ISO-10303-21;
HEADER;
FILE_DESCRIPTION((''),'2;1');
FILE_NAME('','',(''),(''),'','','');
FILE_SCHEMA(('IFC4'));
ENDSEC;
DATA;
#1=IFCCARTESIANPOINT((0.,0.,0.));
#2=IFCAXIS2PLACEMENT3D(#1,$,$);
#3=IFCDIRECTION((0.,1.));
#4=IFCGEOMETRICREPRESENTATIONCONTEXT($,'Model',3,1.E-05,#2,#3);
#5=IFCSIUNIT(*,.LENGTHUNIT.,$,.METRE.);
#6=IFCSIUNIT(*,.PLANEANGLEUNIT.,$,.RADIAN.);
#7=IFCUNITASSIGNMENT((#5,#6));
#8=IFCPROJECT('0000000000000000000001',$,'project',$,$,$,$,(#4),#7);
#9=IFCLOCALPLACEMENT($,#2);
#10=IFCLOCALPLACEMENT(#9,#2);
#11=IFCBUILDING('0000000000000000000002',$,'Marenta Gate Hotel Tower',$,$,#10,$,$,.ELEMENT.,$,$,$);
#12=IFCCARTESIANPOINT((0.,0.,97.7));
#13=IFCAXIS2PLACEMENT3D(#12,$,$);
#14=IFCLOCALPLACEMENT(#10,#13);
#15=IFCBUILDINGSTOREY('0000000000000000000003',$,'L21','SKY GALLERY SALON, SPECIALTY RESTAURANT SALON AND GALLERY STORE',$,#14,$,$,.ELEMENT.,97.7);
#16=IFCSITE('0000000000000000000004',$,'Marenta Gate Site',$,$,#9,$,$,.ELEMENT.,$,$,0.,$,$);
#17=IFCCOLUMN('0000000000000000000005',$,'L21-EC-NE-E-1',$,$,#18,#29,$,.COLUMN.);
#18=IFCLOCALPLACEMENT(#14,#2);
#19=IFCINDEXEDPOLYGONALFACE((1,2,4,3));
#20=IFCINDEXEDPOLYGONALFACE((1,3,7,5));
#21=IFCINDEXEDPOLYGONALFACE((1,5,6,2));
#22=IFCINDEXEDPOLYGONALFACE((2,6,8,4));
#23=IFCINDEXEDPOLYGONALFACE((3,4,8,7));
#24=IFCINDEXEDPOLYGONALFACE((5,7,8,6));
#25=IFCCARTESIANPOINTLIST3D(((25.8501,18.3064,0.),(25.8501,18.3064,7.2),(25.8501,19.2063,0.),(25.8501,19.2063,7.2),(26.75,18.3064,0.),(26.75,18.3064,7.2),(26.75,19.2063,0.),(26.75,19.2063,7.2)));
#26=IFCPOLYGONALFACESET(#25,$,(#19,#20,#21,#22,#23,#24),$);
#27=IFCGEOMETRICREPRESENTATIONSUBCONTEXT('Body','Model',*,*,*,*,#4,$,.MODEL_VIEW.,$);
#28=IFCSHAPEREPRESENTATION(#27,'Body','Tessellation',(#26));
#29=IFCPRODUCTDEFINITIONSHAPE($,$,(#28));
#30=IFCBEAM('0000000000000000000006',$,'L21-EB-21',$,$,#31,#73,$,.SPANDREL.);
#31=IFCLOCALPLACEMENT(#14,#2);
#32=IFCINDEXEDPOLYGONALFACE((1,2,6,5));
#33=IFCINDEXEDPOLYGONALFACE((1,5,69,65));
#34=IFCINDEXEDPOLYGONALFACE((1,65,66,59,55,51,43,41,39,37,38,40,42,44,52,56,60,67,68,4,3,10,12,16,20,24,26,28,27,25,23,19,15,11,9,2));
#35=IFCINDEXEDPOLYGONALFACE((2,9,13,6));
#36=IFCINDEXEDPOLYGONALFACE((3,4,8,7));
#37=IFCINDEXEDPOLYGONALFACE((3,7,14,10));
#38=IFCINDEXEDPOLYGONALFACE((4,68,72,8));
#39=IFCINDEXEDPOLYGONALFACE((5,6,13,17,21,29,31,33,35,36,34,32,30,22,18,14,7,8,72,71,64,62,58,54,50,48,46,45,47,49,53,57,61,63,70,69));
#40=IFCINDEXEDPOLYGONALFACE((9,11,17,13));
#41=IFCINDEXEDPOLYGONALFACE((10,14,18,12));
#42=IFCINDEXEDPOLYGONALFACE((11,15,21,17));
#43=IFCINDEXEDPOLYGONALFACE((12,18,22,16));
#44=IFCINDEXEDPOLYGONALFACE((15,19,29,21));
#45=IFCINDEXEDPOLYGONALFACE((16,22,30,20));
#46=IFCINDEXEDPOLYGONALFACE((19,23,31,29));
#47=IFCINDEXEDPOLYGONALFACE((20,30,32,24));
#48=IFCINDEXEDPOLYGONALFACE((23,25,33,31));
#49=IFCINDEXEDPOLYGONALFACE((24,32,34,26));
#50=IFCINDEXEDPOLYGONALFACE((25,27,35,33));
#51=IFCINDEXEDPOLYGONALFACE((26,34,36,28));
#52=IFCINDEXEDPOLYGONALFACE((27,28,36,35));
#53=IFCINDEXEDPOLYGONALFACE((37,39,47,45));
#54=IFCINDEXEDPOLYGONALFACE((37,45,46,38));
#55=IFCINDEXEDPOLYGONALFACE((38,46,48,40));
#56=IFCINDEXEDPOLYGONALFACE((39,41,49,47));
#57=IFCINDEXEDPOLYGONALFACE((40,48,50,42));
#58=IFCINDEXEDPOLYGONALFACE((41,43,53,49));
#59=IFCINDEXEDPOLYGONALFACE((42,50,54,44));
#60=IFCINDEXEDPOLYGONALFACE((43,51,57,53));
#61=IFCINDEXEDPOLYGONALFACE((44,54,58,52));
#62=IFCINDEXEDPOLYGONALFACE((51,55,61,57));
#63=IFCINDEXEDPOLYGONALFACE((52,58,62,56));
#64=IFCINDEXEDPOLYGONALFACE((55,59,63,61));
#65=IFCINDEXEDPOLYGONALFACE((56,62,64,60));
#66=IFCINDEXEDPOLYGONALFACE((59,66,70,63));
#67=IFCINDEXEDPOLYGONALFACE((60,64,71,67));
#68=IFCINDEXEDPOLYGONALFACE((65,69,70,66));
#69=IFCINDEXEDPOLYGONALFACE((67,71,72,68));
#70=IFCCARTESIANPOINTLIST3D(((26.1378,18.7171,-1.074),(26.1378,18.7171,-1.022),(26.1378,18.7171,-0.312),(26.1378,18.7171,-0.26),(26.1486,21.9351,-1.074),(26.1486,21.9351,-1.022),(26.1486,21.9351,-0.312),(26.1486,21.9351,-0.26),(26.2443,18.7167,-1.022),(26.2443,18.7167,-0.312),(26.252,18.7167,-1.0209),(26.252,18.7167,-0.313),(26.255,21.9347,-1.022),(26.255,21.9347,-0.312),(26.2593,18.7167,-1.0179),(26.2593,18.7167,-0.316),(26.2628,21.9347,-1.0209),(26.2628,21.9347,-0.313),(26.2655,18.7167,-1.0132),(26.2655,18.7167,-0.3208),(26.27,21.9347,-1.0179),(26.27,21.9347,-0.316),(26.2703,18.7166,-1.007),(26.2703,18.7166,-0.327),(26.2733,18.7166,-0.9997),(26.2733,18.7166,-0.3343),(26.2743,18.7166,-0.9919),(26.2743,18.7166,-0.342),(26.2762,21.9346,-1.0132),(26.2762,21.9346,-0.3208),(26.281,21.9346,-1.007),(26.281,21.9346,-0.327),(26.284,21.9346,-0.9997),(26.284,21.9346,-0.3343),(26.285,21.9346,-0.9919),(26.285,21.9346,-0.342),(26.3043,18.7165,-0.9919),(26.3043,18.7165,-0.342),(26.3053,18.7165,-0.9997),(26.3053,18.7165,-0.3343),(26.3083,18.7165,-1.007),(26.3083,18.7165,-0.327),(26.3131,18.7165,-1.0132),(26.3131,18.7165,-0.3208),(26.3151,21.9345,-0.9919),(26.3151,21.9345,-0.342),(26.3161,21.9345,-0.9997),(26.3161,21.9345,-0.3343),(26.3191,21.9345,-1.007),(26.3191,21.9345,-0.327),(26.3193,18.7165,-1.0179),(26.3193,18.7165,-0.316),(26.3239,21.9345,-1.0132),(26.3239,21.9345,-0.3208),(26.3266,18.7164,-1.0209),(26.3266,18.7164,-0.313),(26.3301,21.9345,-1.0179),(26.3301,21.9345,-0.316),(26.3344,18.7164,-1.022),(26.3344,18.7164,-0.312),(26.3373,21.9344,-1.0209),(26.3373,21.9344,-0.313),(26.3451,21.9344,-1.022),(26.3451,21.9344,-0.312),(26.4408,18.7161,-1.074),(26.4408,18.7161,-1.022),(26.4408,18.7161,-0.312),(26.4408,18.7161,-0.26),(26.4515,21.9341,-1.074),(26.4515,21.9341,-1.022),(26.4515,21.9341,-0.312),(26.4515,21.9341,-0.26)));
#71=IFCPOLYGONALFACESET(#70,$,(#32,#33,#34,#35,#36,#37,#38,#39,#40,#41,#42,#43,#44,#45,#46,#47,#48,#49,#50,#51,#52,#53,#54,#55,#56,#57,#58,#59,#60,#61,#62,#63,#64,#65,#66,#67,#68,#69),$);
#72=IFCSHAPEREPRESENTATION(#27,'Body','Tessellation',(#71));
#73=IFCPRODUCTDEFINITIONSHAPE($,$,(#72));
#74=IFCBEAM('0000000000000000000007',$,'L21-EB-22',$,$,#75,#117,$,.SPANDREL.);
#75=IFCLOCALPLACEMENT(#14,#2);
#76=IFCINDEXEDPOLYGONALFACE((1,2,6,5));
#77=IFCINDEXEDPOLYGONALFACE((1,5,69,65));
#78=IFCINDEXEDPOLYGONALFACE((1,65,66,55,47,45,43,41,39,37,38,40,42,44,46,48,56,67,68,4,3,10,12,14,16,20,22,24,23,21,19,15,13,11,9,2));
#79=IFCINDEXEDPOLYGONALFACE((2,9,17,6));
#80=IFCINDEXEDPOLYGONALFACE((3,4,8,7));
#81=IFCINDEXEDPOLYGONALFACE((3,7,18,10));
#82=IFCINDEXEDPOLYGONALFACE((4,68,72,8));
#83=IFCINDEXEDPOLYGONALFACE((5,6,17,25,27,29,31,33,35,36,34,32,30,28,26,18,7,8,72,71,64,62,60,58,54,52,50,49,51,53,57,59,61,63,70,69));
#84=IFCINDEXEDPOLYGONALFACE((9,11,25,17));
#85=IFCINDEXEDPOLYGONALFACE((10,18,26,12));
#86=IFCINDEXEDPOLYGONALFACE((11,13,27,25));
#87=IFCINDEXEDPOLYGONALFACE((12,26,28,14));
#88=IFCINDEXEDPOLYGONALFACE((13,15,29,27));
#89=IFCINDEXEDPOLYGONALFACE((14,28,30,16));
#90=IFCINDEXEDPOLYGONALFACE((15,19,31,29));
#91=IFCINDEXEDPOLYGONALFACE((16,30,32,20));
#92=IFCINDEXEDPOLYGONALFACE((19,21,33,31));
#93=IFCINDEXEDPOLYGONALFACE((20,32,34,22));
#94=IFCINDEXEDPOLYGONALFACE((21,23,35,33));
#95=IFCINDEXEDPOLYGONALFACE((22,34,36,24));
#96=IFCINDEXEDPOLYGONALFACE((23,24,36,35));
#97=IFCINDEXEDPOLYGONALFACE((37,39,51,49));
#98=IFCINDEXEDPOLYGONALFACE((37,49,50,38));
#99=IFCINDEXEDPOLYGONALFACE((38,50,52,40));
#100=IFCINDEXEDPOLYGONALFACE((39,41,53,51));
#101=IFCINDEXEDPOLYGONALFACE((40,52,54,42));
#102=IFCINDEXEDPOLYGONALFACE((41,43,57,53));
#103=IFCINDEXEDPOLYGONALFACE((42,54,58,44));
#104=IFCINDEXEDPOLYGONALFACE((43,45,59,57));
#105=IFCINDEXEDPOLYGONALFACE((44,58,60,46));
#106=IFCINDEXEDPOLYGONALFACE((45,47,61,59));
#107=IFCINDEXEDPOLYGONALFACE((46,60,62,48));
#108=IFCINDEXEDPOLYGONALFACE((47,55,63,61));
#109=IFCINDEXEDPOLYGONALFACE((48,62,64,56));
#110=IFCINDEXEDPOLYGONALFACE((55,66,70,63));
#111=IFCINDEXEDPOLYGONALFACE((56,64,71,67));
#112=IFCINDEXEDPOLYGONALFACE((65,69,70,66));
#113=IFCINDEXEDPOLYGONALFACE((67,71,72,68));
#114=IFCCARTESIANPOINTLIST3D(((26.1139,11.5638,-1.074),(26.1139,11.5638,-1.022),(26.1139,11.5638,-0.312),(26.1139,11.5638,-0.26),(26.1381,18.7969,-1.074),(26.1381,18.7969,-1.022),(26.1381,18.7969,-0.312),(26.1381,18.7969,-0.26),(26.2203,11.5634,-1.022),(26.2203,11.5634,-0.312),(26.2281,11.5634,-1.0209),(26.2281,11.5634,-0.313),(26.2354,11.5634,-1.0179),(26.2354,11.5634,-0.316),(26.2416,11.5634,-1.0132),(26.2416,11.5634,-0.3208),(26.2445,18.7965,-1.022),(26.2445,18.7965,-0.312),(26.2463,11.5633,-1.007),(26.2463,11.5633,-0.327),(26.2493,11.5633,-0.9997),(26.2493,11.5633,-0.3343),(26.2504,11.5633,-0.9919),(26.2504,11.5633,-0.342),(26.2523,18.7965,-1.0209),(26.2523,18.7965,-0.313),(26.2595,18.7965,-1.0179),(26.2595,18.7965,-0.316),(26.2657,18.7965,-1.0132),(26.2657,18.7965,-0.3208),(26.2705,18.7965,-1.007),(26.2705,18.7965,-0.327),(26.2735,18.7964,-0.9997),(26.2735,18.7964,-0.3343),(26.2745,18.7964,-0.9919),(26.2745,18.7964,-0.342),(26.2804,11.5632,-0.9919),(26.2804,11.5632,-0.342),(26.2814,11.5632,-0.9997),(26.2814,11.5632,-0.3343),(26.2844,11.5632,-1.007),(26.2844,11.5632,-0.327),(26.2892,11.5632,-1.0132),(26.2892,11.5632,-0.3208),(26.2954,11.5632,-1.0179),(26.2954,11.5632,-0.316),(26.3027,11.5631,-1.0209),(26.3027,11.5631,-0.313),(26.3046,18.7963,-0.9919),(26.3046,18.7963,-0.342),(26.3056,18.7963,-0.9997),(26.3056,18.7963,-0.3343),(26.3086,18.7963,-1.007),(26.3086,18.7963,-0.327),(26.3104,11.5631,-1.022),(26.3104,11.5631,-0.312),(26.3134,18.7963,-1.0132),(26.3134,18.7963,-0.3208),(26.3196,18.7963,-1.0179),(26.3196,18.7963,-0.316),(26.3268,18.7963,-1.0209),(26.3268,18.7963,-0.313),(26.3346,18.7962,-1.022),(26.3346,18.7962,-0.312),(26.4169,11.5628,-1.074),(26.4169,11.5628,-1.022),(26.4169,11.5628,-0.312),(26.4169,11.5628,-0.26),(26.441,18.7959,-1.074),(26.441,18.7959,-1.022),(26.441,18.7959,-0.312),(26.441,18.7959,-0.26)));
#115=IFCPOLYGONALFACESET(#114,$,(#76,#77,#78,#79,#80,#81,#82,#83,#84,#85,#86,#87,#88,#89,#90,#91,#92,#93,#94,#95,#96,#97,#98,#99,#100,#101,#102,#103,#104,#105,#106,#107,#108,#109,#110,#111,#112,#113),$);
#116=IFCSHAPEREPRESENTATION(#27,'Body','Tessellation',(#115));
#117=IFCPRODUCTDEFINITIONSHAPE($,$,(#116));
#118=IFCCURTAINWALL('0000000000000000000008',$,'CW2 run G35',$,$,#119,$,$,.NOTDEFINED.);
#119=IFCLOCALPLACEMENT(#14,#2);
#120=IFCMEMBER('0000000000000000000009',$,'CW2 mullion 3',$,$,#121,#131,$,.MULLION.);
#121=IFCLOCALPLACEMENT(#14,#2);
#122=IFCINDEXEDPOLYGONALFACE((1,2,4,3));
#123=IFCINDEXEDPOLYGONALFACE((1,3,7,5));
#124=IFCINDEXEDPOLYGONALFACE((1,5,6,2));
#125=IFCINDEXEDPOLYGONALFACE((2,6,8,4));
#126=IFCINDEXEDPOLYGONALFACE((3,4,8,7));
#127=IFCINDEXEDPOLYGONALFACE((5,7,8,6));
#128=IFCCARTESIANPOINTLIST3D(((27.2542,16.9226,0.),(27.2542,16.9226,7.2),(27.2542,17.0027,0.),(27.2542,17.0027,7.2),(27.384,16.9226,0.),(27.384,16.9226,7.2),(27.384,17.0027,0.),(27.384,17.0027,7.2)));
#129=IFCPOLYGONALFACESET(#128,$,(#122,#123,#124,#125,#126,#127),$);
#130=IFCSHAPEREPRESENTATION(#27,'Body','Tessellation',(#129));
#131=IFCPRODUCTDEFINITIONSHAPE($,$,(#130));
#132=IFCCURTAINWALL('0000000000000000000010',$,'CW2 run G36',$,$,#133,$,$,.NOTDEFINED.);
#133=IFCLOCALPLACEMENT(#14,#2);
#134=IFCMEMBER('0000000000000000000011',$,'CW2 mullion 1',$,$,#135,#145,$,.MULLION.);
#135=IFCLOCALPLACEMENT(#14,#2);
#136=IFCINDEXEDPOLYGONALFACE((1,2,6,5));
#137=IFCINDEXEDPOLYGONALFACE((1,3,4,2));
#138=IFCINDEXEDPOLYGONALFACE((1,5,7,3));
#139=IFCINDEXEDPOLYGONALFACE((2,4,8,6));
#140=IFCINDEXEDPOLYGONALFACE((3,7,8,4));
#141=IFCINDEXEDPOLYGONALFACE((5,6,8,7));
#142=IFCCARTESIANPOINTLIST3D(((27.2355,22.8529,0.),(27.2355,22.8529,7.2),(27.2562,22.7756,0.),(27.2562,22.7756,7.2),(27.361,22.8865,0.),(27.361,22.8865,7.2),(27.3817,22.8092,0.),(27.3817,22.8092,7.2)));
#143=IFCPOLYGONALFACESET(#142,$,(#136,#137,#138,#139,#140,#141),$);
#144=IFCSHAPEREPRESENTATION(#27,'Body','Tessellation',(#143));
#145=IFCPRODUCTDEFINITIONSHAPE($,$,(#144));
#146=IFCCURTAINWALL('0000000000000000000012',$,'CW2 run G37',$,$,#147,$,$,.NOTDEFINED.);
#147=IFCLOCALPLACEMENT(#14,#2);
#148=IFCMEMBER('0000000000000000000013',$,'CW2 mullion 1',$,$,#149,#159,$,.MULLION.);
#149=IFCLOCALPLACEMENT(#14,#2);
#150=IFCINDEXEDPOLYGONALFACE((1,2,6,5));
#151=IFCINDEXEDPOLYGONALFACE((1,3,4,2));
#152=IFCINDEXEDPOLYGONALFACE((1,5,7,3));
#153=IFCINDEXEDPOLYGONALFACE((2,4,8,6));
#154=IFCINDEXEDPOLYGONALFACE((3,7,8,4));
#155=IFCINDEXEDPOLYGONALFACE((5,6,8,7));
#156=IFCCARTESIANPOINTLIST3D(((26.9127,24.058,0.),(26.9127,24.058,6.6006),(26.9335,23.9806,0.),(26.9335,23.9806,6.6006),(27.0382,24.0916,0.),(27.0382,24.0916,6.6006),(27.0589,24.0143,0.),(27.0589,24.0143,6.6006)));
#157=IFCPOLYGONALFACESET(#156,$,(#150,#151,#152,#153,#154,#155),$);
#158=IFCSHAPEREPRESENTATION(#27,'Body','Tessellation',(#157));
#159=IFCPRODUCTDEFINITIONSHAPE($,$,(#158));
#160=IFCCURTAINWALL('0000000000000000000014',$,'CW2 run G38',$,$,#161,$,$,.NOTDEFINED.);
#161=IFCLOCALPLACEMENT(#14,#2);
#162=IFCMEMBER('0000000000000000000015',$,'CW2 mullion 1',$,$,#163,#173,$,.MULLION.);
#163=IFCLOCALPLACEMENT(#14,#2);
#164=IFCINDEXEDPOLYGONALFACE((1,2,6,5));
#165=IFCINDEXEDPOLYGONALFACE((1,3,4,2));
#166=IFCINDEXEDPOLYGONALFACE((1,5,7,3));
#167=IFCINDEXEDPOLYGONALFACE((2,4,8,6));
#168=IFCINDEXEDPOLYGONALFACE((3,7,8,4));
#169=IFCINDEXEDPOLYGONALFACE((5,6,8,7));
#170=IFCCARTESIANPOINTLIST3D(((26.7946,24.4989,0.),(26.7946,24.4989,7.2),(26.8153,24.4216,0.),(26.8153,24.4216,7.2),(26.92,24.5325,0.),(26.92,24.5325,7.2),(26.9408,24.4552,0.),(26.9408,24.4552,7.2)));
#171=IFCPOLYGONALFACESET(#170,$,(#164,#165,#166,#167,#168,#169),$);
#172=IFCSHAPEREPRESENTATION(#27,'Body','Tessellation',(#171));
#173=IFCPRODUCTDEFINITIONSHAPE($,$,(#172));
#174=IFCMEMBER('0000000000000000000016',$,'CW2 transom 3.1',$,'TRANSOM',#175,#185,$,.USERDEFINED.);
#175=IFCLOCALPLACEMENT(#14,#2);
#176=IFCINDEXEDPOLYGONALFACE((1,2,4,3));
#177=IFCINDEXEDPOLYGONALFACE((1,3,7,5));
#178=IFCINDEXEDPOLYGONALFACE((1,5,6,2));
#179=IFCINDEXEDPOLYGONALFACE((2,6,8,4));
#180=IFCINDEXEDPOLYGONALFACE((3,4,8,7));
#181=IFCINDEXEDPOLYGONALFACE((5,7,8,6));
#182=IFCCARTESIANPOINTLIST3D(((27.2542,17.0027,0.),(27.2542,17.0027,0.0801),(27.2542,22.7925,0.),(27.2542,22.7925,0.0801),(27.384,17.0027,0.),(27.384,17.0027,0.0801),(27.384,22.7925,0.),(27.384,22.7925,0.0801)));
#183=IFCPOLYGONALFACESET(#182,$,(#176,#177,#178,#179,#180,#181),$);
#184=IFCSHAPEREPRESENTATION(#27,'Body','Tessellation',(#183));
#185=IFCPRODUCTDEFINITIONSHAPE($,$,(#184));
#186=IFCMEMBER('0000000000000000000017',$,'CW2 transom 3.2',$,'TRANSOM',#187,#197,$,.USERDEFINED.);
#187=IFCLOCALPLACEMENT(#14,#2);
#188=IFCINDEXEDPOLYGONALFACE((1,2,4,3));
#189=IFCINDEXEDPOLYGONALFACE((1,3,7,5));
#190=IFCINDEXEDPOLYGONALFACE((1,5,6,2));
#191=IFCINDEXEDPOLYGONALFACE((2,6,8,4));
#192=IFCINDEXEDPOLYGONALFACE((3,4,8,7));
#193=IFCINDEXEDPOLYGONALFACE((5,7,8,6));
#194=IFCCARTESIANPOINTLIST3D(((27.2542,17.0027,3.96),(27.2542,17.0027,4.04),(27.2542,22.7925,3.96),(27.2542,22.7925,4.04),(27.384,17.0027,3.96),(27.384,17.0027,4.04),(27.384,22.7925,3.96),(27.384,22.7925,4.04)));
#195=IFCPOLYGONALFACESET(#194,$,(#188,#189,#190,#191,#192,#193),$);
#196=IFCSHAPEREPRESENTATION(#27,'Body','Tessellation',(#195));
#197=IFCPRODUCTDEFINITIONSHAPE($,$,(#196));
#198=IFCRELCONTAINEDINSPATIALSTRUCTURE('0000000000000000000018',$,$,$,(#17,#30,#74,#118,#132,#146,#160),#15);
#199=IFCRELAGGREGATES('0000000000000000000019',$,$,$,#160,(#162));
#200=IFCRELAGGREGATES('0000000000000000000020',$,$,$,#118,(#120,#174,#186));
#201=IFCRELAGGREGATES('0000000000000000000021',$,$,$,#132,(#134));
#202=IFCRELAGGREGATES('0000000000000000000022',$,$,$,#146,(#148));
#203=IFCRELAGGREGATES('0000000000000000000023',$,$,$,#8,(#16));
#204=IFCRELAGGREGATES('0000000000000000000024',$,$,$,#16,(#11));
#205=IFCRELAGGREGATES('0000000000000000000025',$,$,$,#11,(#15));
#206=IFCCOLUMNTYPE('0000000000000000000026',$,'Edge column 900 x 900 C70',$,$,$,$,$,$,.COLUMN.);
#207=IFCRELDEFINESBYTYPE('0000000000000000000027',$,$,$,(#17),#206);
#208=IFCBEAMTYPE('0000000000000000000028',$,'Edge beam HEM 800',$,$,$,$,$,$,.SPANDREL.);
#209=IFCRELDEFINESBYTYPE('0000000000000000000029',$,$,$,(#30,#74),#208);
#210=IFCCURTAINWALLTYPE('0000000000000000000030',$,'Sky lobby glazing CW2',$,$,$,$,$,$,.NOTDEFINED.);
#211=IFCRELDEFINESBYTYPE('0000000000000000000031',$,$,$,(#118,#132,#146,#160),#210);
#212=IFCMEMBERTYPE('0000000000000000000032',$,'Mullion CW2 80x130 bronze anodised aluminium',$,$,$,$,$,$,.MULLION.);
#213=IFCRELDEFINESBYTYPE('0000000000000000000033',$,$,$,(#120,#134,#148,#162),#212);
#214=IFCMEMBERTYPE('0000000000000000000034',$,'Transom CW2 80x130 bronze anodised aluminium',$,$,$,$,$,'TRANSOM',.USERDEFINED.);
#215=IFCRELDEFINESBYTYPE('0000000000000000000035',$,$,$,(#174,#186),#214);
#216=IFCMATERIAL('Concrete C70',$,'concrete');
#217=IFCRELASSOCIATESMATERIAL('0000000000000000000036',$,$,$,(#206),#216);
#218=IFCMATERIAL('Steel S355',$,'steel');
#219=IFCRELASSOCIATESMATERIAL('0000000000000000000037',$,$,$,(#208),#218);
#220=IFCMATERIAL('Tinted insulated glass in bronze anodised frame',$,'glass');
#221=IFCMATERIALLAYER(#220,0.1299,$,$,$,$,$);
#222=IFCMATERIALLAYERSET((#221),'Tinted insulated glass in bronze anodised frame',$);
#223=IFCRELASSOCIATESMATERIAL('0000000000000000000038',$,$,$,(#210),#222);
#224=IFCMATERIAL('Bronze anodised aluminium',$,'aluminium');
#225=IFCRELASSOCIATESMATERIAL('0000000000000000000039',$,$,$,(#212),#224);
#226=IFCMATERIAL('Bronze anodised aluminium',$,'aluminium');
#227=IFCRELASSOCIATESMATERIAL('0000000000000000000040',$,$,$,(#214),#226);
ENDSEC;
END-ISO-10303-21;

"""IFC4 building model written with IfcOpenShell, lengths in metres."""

from ifc_helpers import new_model, si_unit, direction, frame, origin, origin_2d, place, context, subcontext, project, spatial, rectangle, i_section, extrude, material, layer, layer_set, material_profile, profile_set, type_object, element, aggregate, save


model = new_model("IFC4")

# Units and contexts
model_context = context("Model", 3, precision=1e-05, world=origin(), true_north=direction((0.0, 1.0)))
body_context = subcontext(model_context, "Body", "Model", "MODEL_VIEW")
ifc_project = project(units=[si_unit("LENGTHUNIT", "METRE"), si_unit("PLANEANGLEUNIT", "RADIAN")], contexts=[model_context])

# Site, building, storey
site_placement = place(None, origin())
site = spatial("IfcSite", under=ifc_project, at=site_placement, Name="Marenta Gate Site", CompositionType="ELEMENT", RefElevation=0.0)
building_placement = place(site_placement, origin())
building = spatial("IfcBuilding", under=site, at=building_placement, Name="Marenta Gate Hotel Tower", CompositionType="ELEMENT")
storey_placement = place(building_placement, frame((0.0, 0.0, 97.7)))
storey = spatial("IfcBuildingStorey", under=building, at=storey_placement, Name="L21", Description="SKY GALLERY SALON, SPECIALTY RESTAURANT SALON AND GALLERY STORE", CompositionType="ELEMENT", Elevation=97.7)

# Column
ifc_material_1 = material(Name="Concrete C70", Category="concrete")
ifc_material_profile_1 = material_profile(ifc_material_1, rectangle(XDim=0.8999, YDim=0.8999, at=origin_2d()), Name="900 x 900")
ifc_profile_set_1 = profile_set([ifc_material_profile_1], Name="Concrete C70")
column_type = type_object("IfcColumnType", Name="Edge column 900 x 900 C70", PredefinedType="COLUMN", material=ifc_profile_set_1)
column_placement = place(storey_placement, frame((26.3, 18.7563, 0.0), z_axis=(0.0, 0.0, 1.0), x_axis=(1.0, 0.0, 0.0)))
element("IfcColumn", 1, at=column_placement, inside=storey, type_object=column_type, Name="L21-EC-NE-E-1", PredefinedType="COLUMN", context=body_context, shape_type="SweptSolid", body=[
    extrude(rectangle(XDim=0.8999, YDim=0.8999, at=origin_2d()), origin(), (0.0, 0.0, 1.0), 7.2),
])

# Beams
ifc_material_2 = material(Name="Steel S355", Category="steel")
ifc_material_profile_2 = material_profile(ifc_material_2, i_section(OverallWidth=0.303, OverallDepth=0.814, WebThickness=0.03, FlangeThickness=0.052, FilletRadius=0.03, at=origin_2d()), Name="HEM 800")
ifc_profile_set_2 = profile_set([ifc_material_profile_2], Name="Steel S355")
beam_type = type_object("IfcBeamType", Name="Edge beam HEM 800", PredefinedType="SPANDREL", material=ifc_profile_set_2)
beam_1_placement = place(storey_placement, frame((26.3, 21.9346, -0.667), z_axis=(-0.003338, -0.999994, 0.0), x_axis=(0.999994, -0.003338, 0.0)))
element("IfcBeam", 2, at=beam_1_placement, inside=storey, type_object=beam_type, Name="L21-EB-21", PredefinedType="SPANDREL", context=body_context, shape_type="SweptSolid", body=[
    extrude(i_section(OverallWidth=0.303, OverallDepth=0.814, WebThickness=0.03, FlangeThickness=0.052, FilletRadius=0.03, at=origin_2d()), origin(), (0.0, 0.0, 1.0), 3.218),
])
beam_2_placement = place(storey_placement, frame((26.2896, 18.7964, -0.667), z_axis=(-0.003342, -0.999994, 0.0), x_axis=(0.999994, -0.003342, 0.0)))
element("IfcBeam", 3, at=beam_2_placement, inside=storey, type_object=beam_type, Name="L21-EB-22", PredefinedType="SPANDREL", context=body_context, shape_type="SweptSolid", body=[
    extrude(i_section(OverallWidth=0.303, OverallDepth=0.814, WebThickness=0.03, FlangeThickness=0.052, FilletRadius=0.03, at=origin_2d()), origin(), (0.0, 0.0, 1.0), 7.2332),
])

# Curtain walls, members
ifc_material_3 = material(Name="Tinted insulated glass in bronze anodised frame", Category="glass")
ifc_layer_1 = layer(ifc_material_3, 0.1299)
ifc_layer_set_1 = layer_set([ifc_layer_1], Name="Tinted insulated glass in bronze anodised frame")
curtain_wall_type = type_object("IfcCurtainWallType", Name="Sky lobby glazing CW2", PredefinedType="NOTDEFINED", material=ifc_layer_set_1)
curtain_wall_1_placement = place(storey_placement, origin())
curtain_wall_1 = element("IfcCurtainWall", 4, at=curtain_wall_1_placement, inside=storey, type_object=curtain_wall_type, Name="CW2 run G35", PredefinedType="NOTDEFINED")
ifc_material_4 = material(Name="Bronze anodised aluminium", Category="aluminium")
ifc_material_profile_3 = material_profile(ifc_material_4, rectangle(XDim=0.1299, YDim=0.0801, at=origin_2d()), Name="Mullion CW2 80x130 bronze anodised aluminium")
ifc_profile_set_3 = profile_set([ifc_material_profile_3], Name="Bronze anodised aluminium")
member_type_1 = type_object("IfcMemberType", Name="Mullion CW2 80x130 bronze anodised aluminium", PredefinedType="MULLION", material=ifc_profile_set_3)
member_1_placement = place(storey_placement, frame((27.3191, 16.9626, 0.0), z_axis=(0.0, 0.0, 1.0), x_axis=(-1.0, 0.0, 0.0)))
member_1 = element("IfcMember", 5, at=member_1_placement, type_object=member_type_1, Name="CW2 mullion 3", PredefinedType="MULLION", context=body_context, shape_type="SweptSolid", body=[
    extrude(rectangle(XDim=0.1299, YDim=0.0801, at=origin_2d()), origin(), (0.0, 0.0, 1.0), 7.2),
])
curtain_wall_2_placement = place(storey_placement, origin())
curtain_wall_2 = element("IfcCurtainWall", 6, at=curtain_wall_2_placement, inside=storey, type_object=curtain_wall_type, Name="CW2 run G36", PredefinedType="NOTDEFINED")
member_2_placement = place(storey_placement, frame((27.3086, 22.8311, 0.0), z_axis=(0.0, 0.0, 1.0), x_axis=(-0.965936, -0.25878, 0.0)))
member_2 = element("IfcMember", 7, at=member_2_placement, type_object=member_type_1, Name="CW2 mullion 1", PredefinedType="MULLION", context=body_context, shape_type="SweptSolid", body=[
    extrude(rectangle(XDim=0.1299, YDim=0.0801, at=origin_2d()), origin(), (0.0, 0.0, 1.0), 7.2),
])
curtain_wall_3_placement = place(storey_placement, origin())
curtain_wall_3 = element("IfcCurtainWall", 8, at=curtain_wall_3_placement, inside=storey, type_object=curtain_wall_type, Name="CW2 run G37", PredefinedType="NOTDEFINED")
member_3_placement = place(storey_placement, frame((26.9858, 24.0361, 0.0), z_axis=(0.0, 0.0, 1.0), x_axis=(-0.965922, -0.258835, 0.0)))
member_3 = element("IfcMember", 9, at=member_3_placement, type_object=member_type_1, Name="CW2 mullion 1", PredefinedType="MULLION", context=body_context, shape_type="SweptSolid", body=[
    extrude(rectangle(XDim=0.1299, YDim=0.0801, at=origin_2d()), origin(), (0.0, 0.0, 1.0), 6.6006),
])
curtain_wall_4_placement = place(storey_placement, origin())
curtain_wall_4 = element("IfcCurtainWall", 10, at=curtain_wall_4_placement, inside=storey, type_object=curtain_wall_type, Name="CW2 run G38", PredefinedType="NOTDEFINED")
member_4_placement = place(storey_placement, frame((26.8677, 24.4771, 0.0), z_axis=(0.0, 0.0, 1.0), x_axis=(-0.965914, -0.258865, 0.0)))
member_4 = element("IfcMember", 11, at=member_4_placement, type_object=member_type_1, Name="CW2 mullion 1", PredefinedType="MULLION", context=body_context, shape_type="SweptSolid", body=[
    extrude(rectangle(XDim=0.1299, YDim=0.0801, at=origin_2d()), origin(), (0.0, 0.0, 1.0), 7.2),
])

# Members
ifc_material_5 = material(Name="Bronze anodised aluminium", Category="aluminium")
ifc_material_profile_4 = material_profile(ifc_material_5, rectangle(XDim=0.1299, YDim=0.0801, at=origin_2d()), Name="Transom CW2 80x130 bronze anodised aluminium")
ifc_profile_set_4 = profile_set([ifc_material_profile_4], Name="Bronze anodised aluminium")
member_type_2 = type_object("IfcMemberType", Name="Transom CW2 80x130 bronze anodised aluminium", ElementType="TRANSOM", PredefinedType="USERDEFINED", material=ifc_profile_set_4)
member_5_placement = place(storey_placement, frame((27.3191, 17.0027, 0.04), z_axis=(0.0, 1.0, 0.0), x_axis=(-1.0, 0.0, 0.0)))
member_5 = element("IfcMember", 12, at=member_5_placement, type_object=member_type_2, Name="CW2 transom 3.1", ObjectType="TRANSOM", PredefinedType="USERDEFINED", context=body_context, shape_type="SweptSolid", body=[
    extrude(rectangle(XDim=0.1299, YDim=0.0801, at=origin_2d()), origin(), (0.0, 0.0, 1.0), 5.7898),
])
member_6_placement = place(storey_placement, frame((27.3191, 17.0027, 4.0), z_axis=(0.0, 1.0, 0.0), x_axis=(-1.0, 0.0, 0.0)))
member_6 = element("IfcMember", 13, at=member_6_placement, type_object=member_type_2, Name="CW2 transom 3.2", ObjectType="TRANSOM", PredefinedType="USERDEFINED", context=body_context, shape_type="SweptSolid", body=[
    extrude(rectangle(XDim=0.1299, YDim=0.0801, at=origin_2d()), origin(), (0.0, 0.0, 1.0), 5.7898),
])
aggregate(curtain_wall_4, [member_4])

aggregate(curtain_wall_1, [member_1, member_5, member_6])
aggregate(curtain_wall_2, [member_2])
aggregate(curtain_wall_3, [member_3])

save(model, "model.ifc")
